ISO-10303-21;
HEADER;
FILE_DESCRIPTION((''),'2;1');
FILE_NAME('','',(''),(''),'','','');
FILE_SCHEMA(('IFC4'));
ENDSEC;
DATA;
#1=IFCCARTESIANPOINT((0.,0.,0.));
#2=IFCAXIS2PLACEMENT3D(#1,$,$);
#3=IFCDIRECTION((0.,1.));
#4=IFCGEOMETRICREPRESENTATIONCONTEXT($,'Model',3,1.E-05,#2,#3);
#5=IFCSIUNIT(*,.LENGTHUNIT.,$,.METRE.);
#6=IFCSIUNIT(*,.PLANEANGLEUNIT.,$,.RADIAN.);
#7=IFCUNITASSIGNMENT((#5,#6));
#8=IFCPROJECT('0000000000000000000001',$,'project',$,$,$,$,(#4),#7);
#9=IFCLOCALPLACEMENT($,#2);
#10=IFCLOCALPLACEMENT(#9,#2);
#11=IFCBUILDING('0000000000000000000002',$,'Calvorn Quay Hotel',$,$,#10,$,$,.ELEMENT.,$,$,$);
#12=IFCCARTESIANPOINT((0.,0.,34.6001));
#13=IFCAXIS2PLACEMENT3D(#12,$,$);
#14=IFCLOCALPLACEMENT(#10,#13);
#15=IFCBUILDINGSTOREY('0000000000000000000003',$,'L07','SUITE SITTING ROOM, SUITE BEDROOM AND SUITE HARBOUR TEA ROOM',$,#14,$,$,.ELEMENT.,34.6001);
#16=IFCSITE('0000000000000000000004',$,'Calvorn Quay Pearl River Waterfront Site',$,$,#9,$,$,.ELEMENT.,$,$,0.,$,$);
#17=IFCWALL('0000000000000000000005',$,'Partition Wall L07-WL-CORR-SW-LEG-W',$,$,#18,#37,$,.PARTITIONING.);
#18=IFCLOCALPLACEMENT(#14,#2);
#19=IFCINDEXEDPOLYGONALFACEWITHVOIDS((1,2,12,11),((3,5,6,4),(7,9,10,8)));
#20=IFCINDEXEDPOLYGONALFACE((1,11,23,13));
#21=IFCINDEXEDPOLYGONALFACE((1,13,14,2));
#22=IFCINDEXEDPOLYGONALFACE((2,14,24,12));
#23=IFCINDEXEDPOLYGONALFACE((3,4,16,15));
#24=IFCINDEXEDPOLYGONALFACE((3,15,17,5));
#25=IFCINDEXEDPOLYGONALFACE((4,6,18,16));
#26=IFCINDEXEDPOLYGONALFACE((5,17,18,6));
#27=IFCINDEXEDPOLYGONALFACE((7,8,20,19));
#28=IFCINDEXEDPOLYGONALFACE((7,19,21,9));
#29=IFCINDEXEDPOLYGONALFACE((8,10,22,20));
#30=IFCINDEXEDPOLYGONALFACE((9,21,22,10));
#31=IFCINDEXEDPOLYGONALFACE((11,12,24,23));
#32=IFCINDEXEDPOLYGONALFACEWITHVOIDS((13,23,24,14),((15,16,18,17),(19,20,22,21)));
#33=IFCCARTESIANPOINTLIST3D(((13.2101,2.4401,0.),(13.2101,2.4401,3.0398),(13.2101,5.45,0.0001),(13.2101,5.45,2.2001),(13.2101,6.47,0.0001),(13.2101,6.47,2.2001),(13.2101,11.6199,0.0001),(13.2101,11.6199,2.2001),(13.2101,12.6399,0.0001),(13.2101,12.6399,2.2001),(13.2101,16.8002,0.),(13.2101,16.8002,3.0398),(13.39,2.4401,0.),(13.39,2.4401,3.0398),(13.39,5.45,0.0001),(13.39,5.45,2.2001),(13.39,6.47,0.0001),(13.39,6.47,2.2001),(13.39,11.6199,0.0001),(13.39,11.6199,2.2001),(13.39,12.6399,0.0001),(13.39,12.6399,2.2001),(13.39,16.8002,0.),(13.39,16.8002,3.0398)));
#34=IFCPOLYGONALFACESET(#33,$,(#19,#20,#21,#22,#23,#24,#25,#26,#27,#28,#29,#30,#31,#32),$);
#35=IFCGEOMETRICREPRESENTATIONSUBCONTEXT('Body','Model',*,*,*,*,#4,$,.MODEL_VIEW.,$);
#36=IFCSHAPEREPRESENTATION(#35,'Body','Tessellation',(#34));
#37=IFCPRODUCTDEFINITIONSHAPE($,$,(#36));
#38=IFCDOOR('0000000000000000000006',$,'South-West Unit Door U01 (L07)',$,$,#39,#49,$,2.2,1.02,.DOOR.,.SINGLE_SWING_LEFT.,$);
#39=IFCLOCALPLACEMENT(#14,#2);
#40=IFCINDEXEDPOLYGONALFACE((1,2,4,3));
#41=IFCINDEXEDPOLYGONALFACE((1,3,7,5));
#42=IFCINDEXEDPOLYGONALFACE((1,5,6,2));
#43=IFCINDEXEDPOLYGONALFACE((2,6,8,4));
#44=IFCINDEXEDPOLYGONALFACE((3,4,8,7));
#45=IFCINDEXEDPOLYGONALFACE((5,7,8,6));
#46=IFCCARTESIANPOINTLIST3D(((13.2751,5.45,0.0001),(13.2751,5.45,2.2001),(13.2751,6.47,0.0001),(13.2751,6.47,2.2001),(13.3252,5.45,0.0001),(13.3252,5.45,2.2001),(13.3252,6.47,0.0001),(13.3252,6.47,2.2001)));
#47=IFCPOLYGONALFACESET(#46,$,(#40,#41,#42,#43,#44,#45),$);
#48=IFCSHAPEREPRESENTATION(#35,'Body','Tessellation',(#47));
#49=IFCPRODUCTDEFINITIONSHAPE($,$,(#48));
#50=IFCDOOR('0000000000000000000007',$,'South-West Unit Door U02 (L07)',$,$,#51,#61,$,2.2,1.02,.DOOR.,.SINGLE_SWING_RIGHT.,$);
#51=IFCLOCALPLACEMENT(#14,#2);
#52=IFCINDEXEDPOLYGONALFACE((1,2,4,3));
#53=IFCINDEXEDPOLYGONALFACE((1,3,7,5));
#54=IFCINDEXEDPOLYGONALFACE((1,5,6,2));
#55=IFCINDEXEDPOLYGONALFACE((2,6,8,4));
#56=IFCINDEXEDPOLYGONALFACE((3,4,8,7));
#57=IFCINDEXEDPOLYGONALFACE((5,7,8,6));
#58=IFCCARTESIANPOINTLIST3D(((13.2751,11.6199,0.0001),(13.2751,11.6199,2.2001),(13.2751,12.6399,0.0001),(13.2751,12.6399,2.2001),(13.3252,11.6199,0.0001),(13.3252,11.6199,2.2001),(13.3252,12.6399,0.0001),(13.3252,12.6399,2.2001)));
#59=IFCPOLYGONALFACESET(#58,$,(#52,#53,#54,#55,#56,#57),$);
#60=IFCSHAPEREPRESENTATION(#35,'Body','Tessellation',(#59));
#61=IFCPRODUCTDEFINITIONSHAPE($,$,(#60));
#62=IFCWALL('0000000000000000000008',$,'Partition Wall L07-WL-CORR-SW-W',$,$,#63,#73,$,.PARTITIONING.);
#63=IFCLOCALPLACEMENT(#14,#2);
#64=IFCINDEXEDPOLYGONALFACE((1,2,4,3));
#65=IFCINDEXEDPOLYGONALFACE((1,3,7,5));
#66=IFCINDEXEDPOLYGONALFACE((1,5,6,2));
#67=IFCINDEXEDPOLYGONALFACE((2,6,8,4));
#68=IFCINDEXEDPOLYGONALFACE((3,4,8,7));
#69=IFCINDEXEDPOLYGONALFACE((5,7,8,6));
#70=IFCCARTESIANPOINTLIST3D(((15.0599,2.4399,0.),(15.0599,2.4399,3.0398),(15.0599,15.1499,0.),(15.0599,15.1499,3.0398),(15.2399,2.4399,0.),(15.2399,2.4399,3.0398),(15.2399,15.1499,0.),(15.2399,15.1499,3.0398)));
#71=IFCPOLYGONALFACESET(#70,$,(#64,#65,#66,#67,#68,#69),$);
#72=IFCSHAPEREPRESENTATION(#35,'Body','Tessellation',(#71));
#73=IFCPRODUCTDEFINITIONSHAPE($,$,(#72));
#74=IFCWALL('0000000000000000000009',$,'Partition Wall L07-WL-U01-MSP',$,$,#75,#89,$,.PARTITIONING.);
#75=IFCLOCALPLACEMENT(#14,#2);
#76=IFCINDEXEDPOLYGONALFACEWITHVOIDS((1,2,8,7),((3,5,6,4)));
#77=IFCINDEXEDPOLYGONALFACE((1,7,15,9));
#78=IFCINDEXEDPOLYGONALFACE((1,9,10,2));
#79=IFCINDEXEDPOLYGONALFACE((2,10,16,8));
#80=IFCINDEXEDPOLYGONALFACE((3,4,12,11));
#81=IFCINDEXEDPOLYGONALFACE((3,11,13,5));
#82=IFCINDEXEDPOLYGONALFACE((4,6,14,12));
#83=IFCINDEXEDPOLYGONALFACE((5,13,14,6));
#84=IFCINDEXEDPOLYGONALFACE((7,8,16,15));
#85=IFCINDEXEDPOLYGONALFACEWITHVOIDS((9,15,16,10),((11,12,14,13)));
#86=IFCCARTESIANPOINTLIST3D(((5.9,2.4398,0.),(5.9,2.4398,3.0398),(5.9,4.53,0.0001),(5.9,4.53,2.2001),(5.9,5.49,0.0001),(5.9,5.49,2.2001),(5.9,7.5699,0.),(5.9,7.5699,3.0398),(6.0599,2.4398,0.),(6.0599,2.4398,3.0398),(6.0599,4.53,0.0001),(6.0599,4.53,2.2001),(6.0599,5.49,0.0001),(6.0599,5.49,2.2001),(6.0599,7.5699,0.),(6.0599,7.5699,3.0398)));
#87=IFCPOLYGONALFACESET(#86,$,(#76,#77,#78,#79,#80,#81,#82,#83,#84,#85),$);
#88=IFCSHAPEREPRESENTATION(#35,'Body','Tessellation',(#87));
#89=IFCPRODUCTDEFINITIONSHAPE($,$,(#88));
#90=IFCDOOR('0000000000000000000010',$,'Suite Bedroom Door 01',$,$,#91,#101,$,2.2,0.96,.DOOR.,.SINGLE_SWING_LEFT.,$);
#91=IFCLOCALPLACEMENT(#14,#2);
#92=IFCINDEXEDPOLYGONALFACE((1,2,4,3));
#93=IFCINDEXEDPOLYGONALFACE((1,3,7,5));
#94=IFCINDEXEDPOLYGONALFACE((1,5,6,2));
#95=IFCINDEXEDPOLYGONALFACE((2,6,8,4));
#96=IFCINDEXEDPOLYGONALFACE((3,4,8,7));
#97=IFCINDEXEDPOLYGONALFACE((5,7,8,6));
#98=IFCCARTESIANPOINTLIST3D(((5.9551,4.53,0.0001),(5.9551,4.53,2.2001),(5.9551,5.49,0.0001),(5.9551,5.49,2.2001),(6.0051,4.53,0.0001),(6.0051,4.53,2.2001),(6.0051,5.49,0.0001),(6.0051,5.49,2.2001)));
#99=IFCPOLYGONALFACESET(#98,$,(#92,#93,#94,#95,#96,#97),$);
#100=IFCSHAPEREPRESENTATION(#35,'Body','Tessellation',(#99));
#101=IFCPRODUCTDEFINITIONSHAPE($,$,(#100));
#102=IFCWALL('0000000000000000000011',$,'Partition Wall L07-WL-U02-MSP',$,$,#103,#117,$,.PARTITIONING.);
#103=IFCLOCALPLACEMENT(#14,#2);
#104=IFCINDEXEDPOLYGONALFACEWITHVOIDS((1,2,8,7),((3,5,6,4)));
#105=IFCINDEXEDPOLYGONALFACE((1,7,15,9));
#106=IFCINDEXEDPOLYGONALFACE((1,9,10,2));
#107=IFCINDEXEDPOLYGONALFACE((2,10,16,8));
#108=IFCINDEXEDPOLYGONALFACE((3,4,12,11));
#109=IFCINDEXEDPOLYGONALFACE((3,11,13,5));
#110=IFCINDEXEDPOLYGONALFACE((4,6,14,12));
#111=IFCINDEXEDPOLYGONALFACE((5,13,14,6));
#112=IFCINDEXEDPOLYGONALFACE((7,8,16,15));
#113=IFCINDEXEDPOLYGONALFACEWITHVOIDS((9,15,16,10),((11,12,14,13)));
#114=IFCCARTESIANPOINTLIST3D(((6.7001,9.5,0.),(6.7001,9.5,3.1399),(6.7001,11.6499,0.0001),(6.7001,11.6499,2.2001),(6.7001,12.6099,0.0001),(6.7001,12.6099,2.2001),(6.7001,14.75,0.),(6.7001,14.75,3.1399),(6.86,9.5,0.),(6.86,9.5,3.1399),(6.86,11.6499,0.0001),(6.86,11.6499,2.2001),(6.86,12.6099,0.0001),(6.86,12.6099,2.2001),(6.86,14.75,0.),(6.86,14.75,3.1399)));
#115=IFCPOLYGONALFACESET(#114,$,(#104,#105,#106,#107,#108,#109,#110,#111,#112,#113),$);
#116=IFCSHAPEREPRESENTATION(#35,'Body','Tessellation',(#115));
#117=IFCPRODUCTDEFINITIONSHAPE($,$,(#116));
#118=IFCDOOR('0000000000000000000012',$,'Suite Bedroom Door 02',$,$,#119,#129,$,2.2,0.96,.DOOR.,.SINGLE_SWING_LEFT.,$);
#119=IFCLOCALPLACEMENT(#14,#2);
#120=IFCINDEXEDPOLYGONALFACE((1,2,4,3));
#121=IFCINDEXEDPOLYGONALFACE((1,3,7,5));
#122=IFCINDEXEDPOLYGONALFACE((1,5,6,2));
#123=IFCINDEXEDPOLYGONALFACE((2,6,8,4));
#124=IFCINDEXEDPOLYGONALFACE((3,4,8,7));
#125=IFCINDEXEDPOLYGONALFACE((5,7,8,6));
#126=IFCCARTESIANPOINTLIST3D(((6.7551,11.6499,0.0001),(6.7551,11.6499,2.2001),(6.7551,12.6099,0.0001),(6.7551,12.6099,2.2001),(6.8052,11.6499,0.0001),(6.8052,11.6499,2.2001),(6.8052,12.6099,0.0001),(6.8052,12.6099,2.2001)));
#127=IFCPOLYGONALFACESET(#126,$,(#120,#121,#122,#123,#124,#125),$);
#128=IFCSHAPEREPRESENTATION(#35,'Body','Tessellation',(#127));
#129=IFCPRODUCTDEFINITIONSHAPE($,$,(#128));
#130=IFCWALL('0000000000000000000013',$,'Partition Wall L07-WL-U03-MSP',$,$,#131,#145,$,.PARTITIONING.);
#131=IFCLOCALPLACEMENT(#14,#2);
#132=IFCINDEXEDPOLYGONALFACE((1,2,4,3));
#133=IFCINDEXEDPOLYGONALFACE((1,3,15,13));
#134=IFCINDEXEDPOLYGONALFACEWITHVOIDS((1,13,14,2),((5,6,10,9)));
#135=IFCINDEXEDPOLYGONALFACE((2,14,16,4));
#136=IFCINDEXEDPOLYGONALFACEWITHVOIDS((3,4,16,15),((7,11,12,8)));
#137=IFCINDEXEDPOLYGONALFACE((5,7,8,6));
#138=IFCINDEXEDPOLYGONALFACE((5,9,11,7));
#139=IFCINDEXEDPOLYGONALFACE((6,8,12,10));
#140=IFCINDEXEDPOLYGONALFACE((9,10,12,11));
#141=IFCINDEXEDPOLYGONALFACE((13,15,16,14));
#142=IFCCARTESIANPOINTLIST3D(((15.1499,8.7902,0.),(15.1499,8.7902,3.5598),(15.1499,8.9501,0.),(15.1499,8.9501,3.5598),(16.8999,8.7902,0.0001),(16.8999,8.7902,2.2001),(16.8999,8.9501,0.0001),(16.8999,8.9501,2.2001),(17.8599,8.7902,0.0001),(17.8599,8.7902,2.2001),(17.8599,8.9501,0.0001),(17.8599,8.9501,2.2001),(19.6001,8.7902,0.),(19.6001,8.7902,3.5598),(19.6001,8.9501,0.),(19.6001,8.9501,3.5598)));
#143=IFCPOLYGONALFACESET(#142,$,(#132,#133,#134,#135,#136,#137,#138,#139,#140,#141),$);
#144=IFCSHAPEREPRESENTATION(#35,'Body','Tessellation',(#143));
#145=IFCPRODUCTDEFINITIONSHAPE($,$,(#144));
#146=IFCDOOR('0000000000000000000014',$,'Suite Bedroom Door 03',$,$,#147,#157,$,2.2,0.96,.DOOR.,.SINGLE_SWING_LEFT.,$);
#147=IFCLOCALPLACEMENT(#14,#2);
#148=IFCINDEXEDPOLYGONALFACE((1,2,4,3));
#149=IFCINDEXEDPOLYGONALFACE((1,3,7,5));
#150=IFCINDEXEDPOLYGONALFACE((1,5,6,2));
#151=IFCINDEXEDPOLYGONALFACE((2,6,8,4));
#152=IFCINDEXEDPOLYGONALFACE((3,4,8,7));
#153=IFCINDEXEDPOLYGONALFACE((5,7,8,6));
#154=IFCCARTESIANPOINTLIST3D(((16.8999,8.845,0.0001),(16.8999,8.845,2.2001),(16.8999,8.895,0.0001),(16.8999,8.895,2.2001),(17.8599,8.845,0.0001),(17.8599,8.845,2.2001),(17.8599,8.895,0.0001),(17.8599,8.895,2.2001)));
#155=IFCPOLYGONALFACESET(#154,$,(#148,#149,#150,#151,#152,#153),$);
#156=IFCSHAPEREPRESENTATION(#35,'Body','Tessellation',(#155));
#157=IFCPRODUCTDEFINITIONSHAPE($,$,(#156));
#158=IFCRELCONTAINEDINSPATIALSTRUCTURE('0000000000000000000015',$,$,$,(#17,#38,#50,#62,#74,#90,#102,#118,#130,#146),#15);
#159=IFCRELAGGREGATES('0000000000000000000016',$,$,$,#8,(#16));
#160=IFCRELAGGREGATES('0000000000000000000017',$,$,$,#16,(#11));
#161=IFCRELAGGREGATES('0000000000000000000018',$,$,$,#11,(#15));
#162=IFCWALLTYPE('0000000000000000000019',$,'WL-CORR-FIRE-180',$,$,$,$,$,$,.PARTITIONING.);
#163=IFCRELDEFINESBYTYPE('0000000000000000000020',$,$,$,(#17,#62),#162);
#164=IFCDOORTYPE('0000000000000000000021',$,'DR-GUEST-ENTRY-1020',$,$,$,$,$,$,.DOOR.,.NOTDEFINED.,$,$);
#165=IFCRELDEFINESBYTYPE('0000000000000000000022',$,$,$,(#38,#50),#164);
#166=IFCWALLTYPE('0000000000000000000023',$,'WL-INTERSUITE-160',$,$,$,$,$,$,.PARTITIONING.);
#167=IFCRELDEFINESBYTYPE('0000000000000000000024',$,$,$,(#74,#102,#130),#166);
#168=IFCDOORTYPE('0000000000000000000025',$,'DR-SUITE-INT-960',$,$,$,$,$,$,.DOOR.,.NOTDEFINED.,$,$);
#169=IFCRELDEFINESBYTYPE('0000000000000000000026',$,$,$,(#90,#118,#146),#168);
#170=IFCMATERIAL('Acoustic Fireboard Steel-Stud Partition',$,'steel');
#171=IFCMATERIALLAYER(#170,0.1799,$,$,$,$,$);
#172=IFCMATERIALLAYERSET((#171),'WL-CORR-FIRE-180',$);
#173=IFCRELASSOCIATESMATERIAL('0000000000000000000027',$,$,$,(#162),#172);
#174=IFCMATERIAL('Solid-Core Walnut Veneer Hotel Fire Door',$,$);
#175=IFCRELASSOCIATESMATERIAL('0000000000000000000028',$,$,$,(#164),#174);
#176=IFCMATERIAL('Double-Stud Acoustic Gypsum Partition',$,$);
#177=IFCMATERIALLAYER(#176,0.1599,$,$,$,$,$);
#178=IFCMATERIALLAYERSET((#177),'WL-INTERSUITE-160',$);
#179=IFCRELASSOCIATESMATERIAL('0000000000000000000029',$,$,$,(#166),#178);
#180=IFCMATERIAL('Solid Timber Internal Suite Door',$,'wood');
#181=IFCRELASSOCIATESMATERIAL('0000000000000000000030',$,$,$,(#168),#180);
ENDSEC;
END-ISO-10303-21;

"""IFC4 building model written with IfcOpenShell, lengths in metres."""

from ifc_helpers import new_model, si_unit, direction, frame, frame_2d, origin, place, context, subcontext, project, spatial, rectangle, extrude, material, layer, layer_set, type_object, element, fill, save


model = new_model("IFC4")

# Units and contexts
model_context = context("Model", 3, precision=1e-05, world=origin(), true_north=direction((0.0, 1.0)))
body_context = subcontext(model_context, "Body", "Model", "MODEL_VIEW")
ifc_project = project(units=[si_unit("LENGTHUNIT", "METRE"), si_unit("PLANEANGLEUNIT", "RADIAN")], contexts=[model_context])

# Site, building, storey
site_placement = place(None, origin())
site = spatial("IfcSite", under=ifc_project, at=site_placement, Name="Calvorn Quay Pearl River Waterfront Site", CompositionType="ELEMENT", RefElevation=0.0)
building_placement = place(site_placement, origin())
building = spatial("IfcBuilding", under=site, at=building_placement, Name="Calvorn Quay Hotel", CompositionType="ELEMENT")
storey_placement = place(building_placement, frame((0.0, 0.0, 34.6001)))
storey = spatial("IfcBuildingStorey", under=building, at=storey_placement, Name="L07", Description="SUITE SITTING ROOM, SUITE BEDROOM AND SUITE HARBOUR TEA ROOM", CompositionType="ELEMENT", Elevation=34.6001)

# Wall, openings, doors
ifc_material_1 = material(Name="Acoustic Fireboard Steel-Stud Partition", Category="steel")
ifc_layer_1 = layer(ifc_material_1, 0.1799)
ifc_layer_set_1 = layer_set([ifc_layer_1], Name="WL-CORR-FIRE-180")
wall_type_1 = type_object("IfcWallType", Name="WL-CORR-FIRE-180", PredefinedType="PARTITIONING", material=ifc_layer_set_1)
wall_1_placement = place(storey_placement, frame((13.3, 2.4399, 0.0), z_axis=(0.0, 0.0, 1.0), x_axis=(0.0, 1.0, 0.0)))
wall_1 = element("IfcWall", 1, at=wall_1_placement, inside=storey, type_object=wall_type_1, Name="Partition Wall L07-WL-CORR-SW-LEG-W", PredefinedType="PARTITIONING", context=body_context, shape_type="SweptSolid", body=[
    extrude(rectangle(XDim=14.3601, YDim=0.1799, at=frame_2d((7.1802, 0.0))), origin(), (0.0, 0.0, 1.0), 3.0398),
])
opening_1_placement = place(wall_1_placement, frame((3.01, 0.0, 0.0)))
opening_1 = element("IfcOpeningElement", 2, at=opening_1_placement, cuts=wall_1, PredefinedType="OPENING", context=body_context, shape_type="SweptSolid", body=[
    extrude(rectangle(XDim=1.02, YDim=2.2, at=frame_2d((0.51, 1.1001))), frame((0.0, 0.0999, 0.0), z_axis=(0.0, -1.0, 0.0), x_axis=(1.0, 0.0, 0.0)), (0.0, 0.0, 1.0), 0.2),
])
opening_2_placement = place(wall_1_placement, frame((9.1799, 0.0, 0.0)))
opening_2 = element("IfcOpeningElement", 3, at=opening_2_placement, cuts=wall_1, PredefinedType="OPENING", context=body_context, shape_type="SweptSolid", body=[
    extrude(rectangle(XDim=1.02, YDim=2.2, at=frame_2d((0.51, 1.1001))), frame((0.0, 0.0999, 0.0), z_axis=(0.0, -1.0, 0.0), x_axis=(1.0, 0.0, 0.0)), (0.0, 0.0, 1.0), 0.2),
])
ifc_material_2 = material(Name="Solid-Core Walnut Veneer Hotel Fire Door")
door_type_1 = type_object("IfcDoorType", Name="DR-GUEST-ENTRY-1020", OperationType="NOTDEFINED", PredefinedType="DOOR", material=ifc_material_2)
door_1_placement = place(opening_1_placement, origin())
door_1 = element("IfcDoor", 4, at=door_1_placement, inside=storey, type_object=door_type_1, Name="South-West Unit Door U01 (L07)", OperationType="SINGLE_SWING_LEFT", OverallHeight=2.2, OverallWidth=1.02, PredefinedType="DOOR", context=body_context, shape_type="SweptSolid", body=[
    extrude(rectangle(XDim=1.02, YDim=2.2, at=frame_2d((0.51, 1.1001))), frame((0.0, 0.0249, 0.0), z_axis=(0.0, -1.0, 0.0), x_axis=(1.0, 0.0, 0.0)), (0.0, 0.0, 1.0), 0.05),
])
fill(opening_1, door_1)
door_2_placement = place(opening_2_placement, origin())
door_2 = element("IfcDoor", 5, at=door_2_placement, inside=storey, type_object=door_type_1, Name="South-West Unit Door U02 (L07)", OperationType="SINGLE_SWING_RIGHT", OverallHeight=2.2, OverallWidth=1.02, PredefinedType="DOOR", context=body_context, shape_type="SweptSolid", body=[
    extrude(rectangle(XDim=1.02, YDim=2.2, at=frame_2d((0.51, 1.1001))), frame((0.0, 0.0249, 0.0), z_axis=(0.0, -1.0, 0.0), x_axis=(1.0, 0.0, 0.0)), (0.0, 0.0, 1.0), 0.05),
])
fill(opening_2, door_2)

# Wall
wall_2_placement = place(storey_placement, frame((15.1499, 2.4399, 0.0), z_axis=(0.0, 0.0, 1.0), x_axis=(0.0, 1.0, 0.0)))
element("IfcWall", 6, at=wall_2_placement, inside=storey, type_object=wall_type_1, Name="Partition Wall L07-WL-CORR-SW-W", PredefinedType="PARTITIONING", context=body_context, shape_type="SweptSolid", body=[
    extrude(rectangle(XDim=12.71, YDim=0.1799, at=frame_2d((6.355, 0.0))), origin(), (0.0, 0.0, 1.0), 3.0398),
])

# Walls, openings, doors
ifc_material_3 = material(Name="Double-Stud Acoustic Gypsum Partition")
ifc_layer_2 = layer(ifc_material_3, 0.1599)
ifc_layer_set_2 = layer_set([ifc_layer_2], Name="WL-INTERSUITE-160")
wall_type_2 = type_object("IfcWallType", Name="WL-INTERSUITE-160", PredefinedType="PARTITIONING", material=ifc_layer_set_2)
wall_3_placement = place(storey_placement, frame((5.98, 2.4399, 0.0), z_axis=(0.0, 0.0, 1.0), x_axis=(0.0, 1.0, 0.0)))
wall_3 = element("IfcWall", 7, at=wall_3_placement, inside=storey, type_object=wall_type_2, Name="Partition Wall L07-WL-U01-MSP", PredefinedType="PARTITIONING", context=body_context, shape_type="SweptSolid", body=[
    extrude(rectangle(XDim=5.1301, YDim=0.1599, at=frame_2d((2.5649, 0.0))), origin(), (0.0, 0.0, 1.0), 3.0398),
])
opening_3_placement = place(wall_3_placement, frame((2.0901, 0.0, 0.0)))
opening_3 = element("IfcOpeningElement", 8, at=opening_3_placement, cuts=wall_3, PredefinedType="OPENING", context=body_context, shape_type="SweptSolid", body=[
    extrude(rectangle(XDim=0.96, YDim=2.2, at=frame_2d((0.48, 1.1001))), frame((0.0, 0.0898, 0.0), z_axis=(0.0, -1.0, 0.0), x_axis=(1.0, 0.0, 0.0)), (0.0, 0.0, 1.0), 0.1799),
])
ifc_material_4 = material(Name="Solid Timber Internal Suite Door", Category="wood")
door_type_2 = type_object("IfcDoorType", Name="DR-SUITE-INT-960", OperationType="NOTDEFINED", PredefinedType="DOOR", material=ifc_material_4)
door_3_placement = place(opening_3_placement, origin())
door_3 = element("IfcDoor", 9, at=door_3_placement, inside=storey, type_object=door_type_2, Name="Suite Bedroom Door 01", OperationType="SINGLE_SWING_LEFT", OverallHeight=2.2, OverallWidth=0.96, PredefinedType="DOOR", context=body_context, shape_type="SweptSolid", body=[
    extrude(rectangle(XDim=0.96, YDim=2.2, at=frame_2d((0.48, 1.1001))), frame((0.0, 0.0249, 0.0), z_axis=(0.0, -1.0, 0.0), x_axis=(1.0, 0.0, 0.0)), (0.0, 0.0, 1.0), 0.05),
])
fill(opening_3, door_3)
wall_4_placement = place(storey_placement, frame((6.78, 9.5, 0.0), z_axis=(0.0, 0.0, 1.0), x_axis=(0.0, 1.0, 0.0)))
wall_4 = element("IfcWall", 10, at=wall_4_placement, inside=storey, type_object=wall_type_2, Name="Partition Wall L07-WL-U02-MSP", PredefinedType="PARTITIONING", context=body_context, shape_type="SweptSolid", body=[
    extrude(rectangle(XDim=5.25, YDim=0.1599, at=frame_2d((2.625, 0.0))), origin(), (0.0, 0.0, 1.0), 3.1399),
])
opening_4_placement = place(wall_4_placement, frame((2.1499, 0.0, 0.0)))
opening_4 = element("IfcOpeningElement", 11, at=opening_4_placement, cuts=wall_4, PredefinedType="OPENING", context=body_context, shape_type="SweptSolid", body=[
    extrude(rectangle(XDim=0.96, YDim=2.2, at=frame_2d((0.48, 1.1001))), frame((0.0, 0.0898, 0.0), z_axis=(0.0, -1.0, 0.0), x_axis=(1.0, 0.0, 0.0)), (0.0, 0.0, 1.0), 0.1799),
])
door_4_placement = place(opening_4_placement, origin())
door_4 = element("IfcDoor", 12, at=door_4_placement, inside=storey, type_object=door_type_2, Name="Suite Bedroom Door 02", OperationType="SINGLE_SWING_LEFT", OverallHeight=2.2, OverallWidth=0.96, PredefinedType="DOOR", context=body_context, shape_type="SweptSolid", body=[
    extrude(rectangle(XDim=0.96, YDim=2.2, at=frame_2d((0.48, 1.1001))), frame((0.0, 0.0249, 0.0), z_axis=(0.0, -1.0, 0.0), x_axis=(1.0, 0.0, 0.0)), (0.0, 0.0, 1.0), 0.05),
])
fill(opening_4, door_4)
wall_5_placement = place(storey_placement, frame((15.1499, 8.8701, 0.0), z_axis=(0.0, 0.0, 1.0), x_axis=(1.0, 0.0, 0.0)))
wall_5 = element("IfcWall", 13, at=wall_5_placement, inside=storey, type_object=wall_type_2, Name="Partition Wall L07-WL-U03-MSP", PredefinedType="PARTITIONING", context=body_context, shape_type="SweptSolid", body=[
    extrude(rectangle(XDim=4.4502, YDim=0.1599, at=frame_2d((2.2251, 0.0))), origin(), (0.0, 0.0, 1.0), 3.5598),
])
opening_5_placement = place(wall_5_placement, frame((1.75, 0.0, 0.0)))
opening_5 = element("IfcOpeningElement", 14, at=opening_5_placement, cuts=wall_5, PredefinedType="OPENING", context=body_context, shape_type="SweptSolid", body=[
    extrude(rectangle(XDim=0.96, YDim=2.2, at=frame_2d((0.48, 1.1001))), frame((0.0, 0.0898, 0.0), z_axis=(0.0, -1.0, 0.0), x_axis=(1.0, 0.0, 0.0)), (0.0, 0.0, 1.0), 0.1799),
])
door_5_placement = place(opening_5_placement, origin())
door_5 = element("IfcDoor", 15, at=door_5_placement, inside=storey, type_object=door_type_2, Name="Suite Bedroom Door 03", OperationType="SINGLE_SWING_LEFT", OverallHeight=2.2, OverallWidth=0.96, PredefinedType="DOOR", context=body_context, shape_type="SweptSolid", body=[
    extrude(rectangle(XDim=0.96, YDim=2.2, at=frame_2d((0.48, 1.1001))), frame((0.0, 0.0249, 0.0), z_axis=(0.0, -1.0, 0.0), x_axis=(1.0, 0.0, 0.0)), (0.0, 0.0, 1.0), 0.05),
])
fill(opening_5, door_5)

save(model, "model.ifc")
